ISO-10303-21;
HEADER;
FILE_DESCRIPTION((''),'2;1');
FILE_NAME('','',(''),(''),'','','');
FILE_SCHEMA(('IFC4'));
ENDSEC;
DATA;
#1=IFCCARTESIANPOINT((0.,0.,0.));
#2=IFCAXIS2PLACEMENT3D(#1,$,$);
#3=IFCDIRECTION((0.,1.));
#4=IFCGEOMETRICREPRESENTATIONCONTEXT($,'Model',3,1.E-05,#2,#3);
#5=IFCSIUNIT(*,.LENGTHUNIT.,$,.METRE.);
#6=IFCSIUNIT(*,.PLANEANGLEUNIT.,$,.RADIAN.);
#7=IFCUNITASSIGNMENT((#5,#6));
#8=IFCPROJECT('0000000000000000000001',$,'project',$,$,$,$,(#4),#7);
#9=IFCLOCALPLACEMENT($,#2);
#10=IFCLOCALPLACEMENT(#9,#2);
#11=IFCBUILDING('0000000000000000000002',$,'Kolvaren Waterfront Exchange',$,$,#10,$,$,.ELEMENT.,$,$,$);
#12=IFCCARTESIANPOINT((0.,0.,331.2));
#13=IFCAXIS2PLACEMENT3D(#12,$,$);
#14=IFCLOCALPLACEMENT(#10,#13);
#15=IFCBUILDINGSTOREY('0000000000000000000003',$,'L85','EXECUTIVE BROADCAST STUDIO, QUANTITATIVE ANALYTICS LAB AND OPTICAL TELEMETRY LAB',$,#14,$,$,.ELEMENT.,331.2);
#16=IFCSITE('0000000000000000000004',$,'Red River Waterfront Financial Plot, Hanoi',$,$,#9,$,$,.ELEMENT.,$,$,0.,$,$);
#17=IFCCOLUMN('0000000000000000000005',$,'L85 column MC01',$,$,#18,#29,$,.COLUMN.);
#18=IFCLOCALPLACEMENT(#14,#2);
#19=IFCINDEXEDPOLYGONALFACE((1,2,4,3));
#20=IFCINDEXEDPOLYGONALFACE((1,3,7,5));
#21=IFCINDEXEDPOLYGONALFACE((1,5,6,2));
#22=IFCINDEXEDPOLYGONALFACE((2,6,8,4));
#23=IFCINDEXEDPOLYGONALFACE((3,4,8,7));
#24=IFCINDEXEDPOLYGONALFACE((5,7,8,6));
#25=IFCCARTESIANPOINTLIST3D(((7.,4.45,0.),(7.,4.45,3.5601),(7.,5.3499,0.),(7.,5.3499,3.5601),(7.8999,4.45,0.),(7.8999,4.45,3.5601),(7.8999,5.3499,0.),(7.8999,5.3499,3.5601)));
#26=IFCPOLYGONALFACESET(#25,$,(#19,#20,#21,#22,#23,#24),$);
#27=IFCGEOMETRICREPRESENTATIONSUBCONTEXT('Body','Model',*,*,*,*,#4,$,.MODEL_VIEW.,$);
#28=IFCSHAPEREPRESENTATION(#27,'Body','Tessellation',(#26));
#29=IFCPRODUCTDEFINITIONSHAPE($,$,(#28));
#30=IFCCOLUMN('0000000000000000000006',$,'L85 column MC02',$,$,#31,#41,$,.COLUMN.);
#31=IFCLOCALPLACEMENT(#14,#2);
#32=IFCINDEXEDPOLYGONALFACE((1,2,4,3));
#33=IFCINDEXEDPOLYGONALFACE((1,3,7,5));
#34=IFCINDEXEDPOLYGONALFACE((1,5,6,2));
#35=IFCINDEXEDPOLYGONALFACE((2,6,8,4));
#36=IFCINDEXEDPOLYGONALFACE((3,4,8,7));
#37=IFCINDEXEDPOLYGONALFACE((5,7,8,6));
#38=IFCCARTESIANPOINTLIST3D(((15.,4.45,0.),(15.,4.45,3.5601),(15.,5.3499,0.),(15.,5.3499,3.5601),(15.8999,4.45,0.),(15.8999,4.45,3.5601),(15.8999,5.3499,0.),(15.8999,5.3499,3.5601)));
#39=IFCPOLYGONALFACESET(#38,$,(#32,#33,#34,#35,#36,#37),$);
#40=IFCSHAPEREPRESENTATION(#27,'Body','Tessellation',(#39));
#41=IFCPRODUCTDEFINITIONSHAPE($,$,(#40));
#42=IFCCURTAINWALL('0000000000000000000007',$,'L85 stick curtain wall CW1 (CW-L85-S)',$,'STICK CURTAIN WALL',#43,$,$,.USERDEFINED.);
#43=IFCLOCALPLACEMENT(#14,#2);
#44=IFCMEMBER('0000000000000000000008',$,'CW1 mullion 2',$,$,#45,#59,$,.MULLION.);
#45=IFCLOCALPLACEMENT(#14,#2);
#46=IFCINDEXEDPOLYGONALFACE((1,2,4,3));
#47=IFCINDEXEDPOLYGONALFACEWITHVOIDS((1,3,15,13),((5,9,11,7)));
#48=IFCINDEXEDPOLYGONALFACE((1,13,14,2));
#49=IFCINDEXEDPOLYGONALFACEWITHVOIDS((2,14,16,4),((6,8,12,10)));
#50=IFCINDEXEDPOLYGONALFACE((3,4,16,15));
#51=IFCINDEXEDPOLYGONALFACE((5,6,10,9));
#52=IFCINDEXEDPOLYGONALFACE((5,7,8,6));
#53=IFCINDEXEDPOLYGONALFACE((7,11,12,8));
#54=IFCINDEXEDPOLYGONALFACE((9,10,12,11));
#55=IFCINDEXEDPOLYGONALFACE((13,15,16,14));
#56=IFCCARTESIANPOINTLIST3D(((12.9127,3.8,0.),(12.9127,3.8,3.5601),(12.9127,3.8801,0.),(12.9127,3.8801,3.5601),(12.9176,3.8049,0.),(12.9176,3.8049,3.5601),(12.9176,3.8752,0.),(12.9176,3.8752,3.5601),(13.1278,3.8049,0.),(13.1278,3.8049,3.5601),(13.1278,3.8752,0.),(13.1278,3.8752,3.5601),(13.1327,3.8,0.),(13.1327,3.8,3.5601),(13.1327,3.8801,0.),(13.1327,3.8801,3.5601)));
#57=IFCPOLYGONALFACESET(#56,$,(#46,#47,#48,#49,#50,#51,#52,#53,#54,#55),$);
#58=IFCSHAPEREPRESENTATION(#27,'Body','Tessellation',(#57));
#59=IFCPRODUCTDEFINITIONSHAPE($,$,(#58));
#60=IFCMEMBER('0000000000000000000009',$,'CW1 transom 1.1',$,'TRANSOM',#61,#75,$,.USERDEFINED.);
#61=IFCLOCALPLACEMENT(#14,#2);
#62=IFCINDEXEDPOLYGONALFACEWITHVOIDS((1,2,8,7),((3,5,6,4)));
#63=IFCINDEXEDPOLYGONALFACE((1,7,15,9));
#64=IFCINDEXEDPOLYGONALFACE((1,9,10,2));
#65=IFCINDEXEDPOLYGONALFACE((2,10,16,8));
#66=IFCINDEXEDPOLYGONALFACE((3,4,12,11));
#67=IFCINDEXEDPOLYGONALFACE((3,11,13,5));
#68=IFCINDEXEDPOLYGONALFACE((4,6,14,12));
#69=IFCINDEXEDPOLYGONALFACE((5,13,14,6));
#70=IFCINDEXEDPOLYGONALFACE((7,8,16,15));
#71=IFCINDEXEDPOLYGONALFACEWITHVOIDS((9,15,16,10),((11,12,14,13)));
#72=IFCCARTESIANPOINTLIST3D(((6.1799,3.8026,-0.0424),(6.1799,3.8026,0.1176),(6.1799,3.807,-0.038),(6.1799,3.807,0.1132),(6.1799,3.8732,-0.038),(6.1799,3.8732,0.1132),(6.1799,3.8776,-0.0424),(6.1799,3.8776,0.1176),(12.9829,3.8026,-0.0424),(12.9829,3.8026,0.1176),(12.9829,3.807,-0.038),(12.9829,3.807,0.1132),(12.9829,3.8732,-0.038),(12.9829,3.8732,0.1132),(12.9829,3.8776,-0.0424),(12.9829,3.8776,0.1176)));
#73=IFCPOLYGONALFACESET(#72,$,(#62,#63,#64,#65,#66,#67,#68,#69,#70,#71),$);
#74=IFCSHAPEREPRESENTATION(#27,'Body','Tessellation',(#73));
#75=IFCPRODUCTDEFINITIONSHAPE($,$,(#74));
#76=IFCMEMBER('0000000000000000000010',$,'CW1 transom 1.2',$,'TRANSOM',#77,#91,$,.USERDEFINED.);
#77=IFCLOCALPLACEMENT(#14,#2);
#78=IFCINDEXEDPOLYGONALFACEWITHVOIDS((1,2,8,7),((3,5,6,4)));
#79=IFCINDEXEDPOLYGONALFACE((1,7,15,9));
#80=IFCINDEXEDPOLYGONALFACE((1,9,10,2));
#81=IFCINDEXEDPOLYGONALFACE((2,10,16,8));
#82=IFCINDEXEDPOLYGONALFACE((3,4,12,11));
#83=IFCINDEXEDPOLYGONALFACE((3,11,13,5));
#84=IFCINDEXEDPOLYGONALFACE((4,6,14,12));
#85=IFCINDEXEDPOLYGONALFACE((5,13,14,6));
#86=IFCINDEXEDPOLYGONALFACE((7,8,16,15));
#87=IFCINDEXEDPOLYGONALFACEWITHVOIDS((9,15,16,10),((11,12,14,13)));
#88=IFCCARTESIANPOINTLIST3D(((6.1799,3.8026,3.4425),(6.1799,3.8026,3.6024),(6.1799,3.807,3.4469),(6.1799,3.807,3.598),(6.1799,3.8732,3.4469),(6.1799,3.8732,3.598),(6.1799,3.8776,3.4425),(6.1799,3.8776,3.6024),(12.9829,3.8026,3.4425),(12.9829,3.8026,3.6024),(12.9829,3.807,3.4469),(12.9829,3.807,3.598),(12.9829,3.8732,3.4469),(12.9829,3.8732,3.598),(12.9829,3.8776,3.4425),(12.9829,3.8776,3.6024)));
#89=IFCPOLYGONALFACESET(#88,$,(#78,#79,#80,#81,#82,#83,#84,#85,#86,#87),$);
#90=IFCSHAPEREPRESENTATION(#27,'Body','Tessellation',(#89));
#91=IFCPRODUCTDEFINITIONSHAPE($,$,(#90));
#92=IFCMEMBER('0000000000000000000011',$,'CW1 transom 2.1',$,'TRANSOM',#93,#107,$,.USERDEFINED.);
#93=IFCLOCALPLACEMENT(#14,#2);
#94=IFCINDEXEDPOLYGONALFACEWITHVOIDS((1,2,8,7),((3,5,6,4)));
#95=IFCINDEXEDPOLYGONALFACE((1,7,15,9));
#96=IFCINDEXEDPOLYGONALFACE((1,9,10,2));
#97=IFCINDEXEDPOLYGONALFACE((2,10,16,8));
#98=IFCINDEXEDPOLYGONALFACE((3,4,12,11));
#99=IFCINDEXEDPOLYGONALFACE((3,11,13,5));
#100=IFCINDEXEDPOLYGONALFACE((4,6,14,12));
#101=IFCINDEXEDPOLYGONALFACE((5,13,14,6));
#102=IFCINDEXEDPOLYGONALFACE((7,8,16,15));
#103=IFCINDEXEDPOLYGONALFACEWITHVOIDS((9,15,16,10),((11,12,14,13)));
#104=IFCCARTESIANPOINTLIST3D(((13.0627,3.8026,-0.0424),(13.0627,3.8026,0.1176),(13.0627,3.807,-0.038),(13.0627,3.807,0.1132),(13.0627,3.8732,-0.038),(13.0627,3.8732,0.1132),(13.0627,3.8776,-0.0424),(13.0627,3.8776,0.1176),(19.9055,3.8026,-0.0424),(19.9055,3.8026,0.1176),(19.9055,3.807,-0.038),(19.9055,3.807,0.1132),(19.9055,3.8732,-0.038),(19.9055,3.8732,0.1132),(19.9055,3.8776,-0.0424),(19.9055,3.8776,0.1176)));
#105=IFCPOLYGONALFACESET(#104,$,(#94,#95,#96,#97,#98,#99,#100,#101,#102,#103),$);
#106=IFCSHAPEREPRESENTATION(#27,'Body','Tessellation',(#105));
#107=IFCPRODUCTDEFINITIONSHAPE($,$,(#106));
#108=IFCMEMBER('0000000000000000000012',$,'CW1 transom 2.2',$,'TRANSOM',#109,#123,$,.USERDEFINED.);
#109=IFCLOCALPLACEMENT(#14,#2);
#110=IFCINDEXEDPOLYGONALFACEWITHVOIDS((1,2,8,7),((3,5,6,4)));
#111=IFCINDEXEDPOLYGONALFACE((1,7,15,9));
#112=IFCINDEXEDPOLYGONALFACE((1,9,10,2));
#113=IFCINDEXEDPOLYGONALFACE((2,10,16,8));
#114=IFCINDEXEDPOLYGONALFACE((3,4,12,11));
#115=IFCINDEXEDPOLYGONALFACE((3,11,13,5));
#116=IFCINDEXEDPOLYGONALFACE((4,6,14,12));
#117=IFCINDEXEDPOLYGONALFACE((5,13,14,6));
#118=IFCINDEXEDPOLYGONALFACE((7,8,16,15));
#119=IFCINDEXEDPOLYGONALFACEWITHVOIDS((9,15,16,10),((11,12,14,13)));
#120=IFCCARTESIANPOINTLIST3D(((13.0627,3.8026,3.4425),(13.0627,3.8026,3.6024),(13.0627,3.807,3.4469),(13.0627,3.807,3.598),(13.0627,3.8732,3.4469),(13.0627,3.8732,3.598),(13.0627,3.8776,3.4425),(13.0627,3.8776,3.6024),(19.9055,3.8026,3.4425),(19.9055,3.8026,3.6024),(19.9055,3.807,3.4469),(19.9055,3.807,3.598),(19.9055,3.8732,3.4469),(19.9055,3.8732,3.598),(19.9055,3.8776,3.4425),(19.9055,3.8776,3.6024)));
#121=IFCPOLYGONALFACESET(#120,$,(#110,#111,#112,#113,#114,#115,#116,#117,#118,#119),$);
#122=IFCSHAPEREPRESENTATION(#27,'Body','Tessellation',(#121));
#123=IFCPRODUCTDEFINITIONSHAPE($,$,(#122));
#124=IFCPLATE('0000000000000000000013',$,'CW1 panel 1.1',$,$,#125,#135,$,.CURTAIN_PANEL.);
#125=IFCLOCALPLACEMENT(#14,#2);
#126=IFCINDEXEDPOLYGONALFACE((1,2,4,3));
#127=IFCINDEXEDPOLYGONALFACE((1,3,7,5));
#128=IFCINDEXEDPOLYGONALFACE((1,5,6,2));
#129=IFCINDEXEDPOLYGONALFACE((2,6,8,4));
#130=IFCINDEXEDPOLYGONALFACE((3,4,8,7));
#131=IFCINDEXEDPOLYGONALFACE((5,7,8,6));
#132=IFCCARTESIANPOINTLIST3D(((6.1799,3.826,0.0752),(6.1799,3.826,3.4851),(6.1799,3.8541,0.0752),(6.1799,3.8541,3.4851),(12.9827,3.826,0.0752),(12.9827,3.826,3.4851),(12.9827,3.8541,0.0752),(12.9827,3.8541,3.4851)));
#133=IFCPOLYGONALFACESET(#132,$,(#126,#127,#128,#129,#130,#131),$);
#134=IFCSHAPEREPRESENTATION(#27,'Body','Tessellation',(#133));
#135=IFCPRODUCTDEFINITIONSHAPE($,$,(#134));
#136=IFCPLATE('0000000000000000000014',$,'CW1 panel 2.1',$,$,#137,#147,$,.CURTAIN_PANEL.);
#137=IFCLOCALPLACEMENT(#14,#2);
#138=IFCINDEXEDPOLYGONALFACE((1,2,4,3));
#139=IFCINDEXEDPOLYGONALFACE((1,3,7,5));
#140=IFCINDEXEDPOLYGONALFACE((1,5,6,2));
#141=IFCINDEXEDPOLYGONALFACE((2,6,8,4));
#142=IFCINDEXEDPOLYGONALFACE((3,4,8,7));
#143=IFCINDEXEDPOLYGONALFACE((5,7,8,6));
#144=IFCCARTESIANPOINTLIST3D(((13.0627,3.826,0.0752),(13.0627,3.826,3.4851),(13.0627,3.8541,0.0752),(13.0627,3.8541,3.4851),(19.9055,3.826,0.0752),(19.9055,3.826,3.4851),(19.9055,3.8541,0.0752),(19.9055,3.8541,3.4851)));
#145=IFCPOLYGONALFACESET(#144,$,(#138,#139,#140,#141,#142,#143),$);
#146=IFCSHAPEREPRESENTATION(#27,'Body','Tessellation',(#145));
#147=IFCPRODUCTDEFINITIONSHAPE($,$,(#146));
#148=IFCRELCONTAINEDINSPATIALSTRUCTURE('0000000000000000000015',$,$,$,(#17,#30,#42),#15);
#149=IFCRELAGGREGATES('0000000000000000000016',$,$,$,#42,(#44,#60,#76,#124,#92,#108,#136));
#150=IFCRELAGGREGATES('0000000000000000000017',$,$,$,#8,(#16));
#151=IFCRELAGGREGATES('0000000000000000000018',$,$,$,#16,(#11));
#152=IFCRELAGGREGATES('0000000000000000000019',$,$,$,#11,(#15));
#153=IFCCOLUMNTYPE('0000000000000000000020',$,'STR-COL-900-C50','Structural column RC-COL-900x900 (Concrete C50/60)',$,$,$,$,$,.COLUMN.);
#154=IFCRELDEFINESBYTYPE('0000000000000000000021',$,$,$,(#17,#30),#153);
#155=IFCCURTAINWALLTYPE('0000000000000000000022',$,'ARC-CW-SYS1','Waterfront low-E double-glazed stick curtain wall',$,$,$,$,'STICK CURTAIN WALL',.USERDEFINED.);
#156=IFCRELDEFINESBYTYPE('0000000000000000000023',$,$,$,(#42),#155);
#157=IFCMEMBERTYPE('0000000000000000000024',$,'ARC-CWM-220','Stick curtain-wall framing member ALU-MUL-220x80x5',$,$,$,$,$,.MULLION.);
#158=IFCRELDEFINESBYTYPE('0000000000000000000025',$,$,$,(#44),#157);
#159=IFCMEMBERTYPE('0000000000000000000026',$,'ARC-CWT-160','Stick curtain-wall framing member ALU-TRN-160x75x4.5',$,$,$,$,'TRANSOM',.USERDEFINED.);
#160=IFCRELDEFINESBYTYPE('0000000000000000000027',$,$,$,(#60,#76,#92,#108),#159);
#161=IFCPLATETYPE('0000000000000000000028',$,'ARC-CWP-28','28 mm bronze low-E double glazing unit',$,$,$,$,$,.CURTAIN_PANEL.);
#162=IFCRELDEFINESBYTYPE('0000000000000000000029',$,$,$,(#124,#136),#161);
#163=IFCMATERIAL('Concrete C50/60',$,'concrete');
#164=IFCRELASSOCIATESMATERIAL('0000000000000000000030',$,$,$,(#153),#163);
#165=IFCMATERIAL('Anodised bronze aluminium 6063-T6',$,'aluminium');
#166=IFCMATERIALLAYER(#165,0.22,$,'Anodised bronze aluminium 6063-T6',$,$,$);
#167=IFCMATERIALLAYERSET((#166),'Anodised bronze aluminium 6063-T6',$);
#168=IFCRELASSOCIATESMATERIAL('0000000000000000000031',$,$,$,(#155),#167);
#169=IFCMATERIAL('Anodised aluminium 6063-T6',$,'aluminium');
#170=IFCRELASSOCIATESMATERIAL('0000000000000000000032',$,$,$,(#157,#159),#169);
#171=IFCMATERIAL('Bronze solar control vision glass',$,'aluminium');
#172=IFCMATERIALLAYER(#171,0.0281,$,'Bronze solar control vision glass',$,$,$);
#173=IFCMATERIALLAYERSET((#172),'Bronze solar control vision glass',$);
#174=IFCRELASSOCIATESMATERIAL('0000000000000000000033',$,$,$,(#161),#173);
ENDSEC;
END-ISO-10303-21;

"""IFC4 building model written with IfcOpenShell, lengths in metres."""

from ifc_helpers import new_model, si_unit, direction, frame, origin, origin_with_axes, origin_2d, place, context, subcontext, project, spatial, rectangle, hollow_rectangle, extrude, source, transform, mapped, material, layer, layer_set, material_profile, profile_set, type_object, element, aggregate, save


model = new_model("IFC4")

# Units and contexts
model_context = context("Model", 3, precision=1e-05, world=origin(), true_north=direction((0.0, 1.0)))
body_context = subcontext(model_context, "Body", "Model", "MODEL_VIEW")
ifc_project = project(units=[si_unit("LENGTHUNIT", "METRE"), si_unit("PLANEANGLEUNIT", "RADIAN")], contexts=[model_context])

# Site, building, storey
site_placement = place(None, origin())
site = spatial("IfcSite", under=ifc_project, at=site_placement, Name="Red River Waterfront Financial Plot, Hanoi", CompositionType="ELEMENT", RefElevation=0.0)
building_placement = place(site_placement, origin())
building = spatial("IfcBuilding", under=site, at=building_placement, Name="Kolvaren Waterfront Exchange", CompositionType="ELEMENT")
storey_placement = place(building_placement, frame((0.0, 0.0, 331.2)))
storey = spatial("IfcBuildingStorey", under=building, at=storey_placement, Name="L85", Description="EXECUTIVE BROADCAST STUDIO, QUANTITATIVE ANALYTICS LAB AND OPTICAL TELEMETRY LAB", CompositionType="ELEMENT", Elevation=331.2)

# Columns
ifc_material_1 = material(Name="Concrete C50/60", Category="concrete")
ifc_material_profile_1 = material_profile(ifc_material_1, rectangle(XDim=0.8999, YDim=0.8999, at=origin_2d()), Name="RC-COL-900x900")
ifc_profile_set_1 = profile_set([ifc_material_profile_1], Name="Concrete C50/60")
column_type = type_object("IfcColumnType", Name="STR-COL-900-C50", Description="Structural column RC-COL-900x900 (Concrete C50/60)", PredefinedType="COLUMN", material=ifc_profile_set_1)
for number, where, z_axis, x_axis, name in (
    (1, (7.45, 4.8999, 0.0), (0.0, 0.0, 1.0), (1.0, 0.0, 0.0), "L85 column MC01"),
    (2, (15.45, 4.8999, 0.0), (0.0, 0.0, 1.0), (1.0, 0.0, 0.0), "L85 column MC02"),
):
    element("IfcColumn", number, at=place(storey_placement, frame(where, z_axis=z_axis, x_axis=x_axis)), inside=storey, type_object=column_type, Name=name, PredefinedType="COLUMN", context=body_context, shape_type="SweptSolid", body=[
        extrude(rectangle(XDim=0.8999, YDim=0.8999, at=origin_2d()), origin(), (0.0, 0.0, 1.0), 3.5601),
    ])

# Curtain wall, members, plates
ifc_material_2 = material(Name="Anodised bronze aluminium 6063-T6", Category="aluminium")
ifc_layer_1 = layer(ifc_material_2, 0.22, Name="Anodised bronze aluminium 6063-T6")
ifc_layer_set_1 = layer_set([ifc_layer_1], Name="Anodised bronze aluminium 6063-T6")
curtain_wall_type = type_object("IfcCurtainWallType", Name="ARC-CW-SYS1", Description="Waterfront low-E double-glazed stick curtain wall", ElementType="STICK CURTAIN WALL", PredefinedType="USERDEFINED", material=ifc_layer_set_1)
curtain_wall_placement = place(storey_placement, origin())
curtain_wall = element("IfcCurtainWall", 3, at=curtain_wall_placement, inside=storey, type_object=curtain_wall_type, Name="L85 stick curtain wall CW1 (CW-L85-S)", ObjectType="STICK CURTAIN WALL", PredefinedType="USERDEFINED")
ifc_material_3 = material(Name="Anodised aluminium 6063-T6", Category="aluminium")
ifc_material_profile_2 = material_profile(ifc_material_3, hollow_rectangle(XDim=0.0801, YDim=0.22, WallThickness=0.0049, at=origin_2d()), Name="ALU-MUL-220x80x5")
ifc_profile_set_2 = profile_set([ifc_material_profile_2], Name="Anodised aluminium 6063-T6")
member_type_1 = type_object("IfcMemberType", Name="ARC-CWM-220", Description="Stick curtain-wall framing member ALU-MUL-220x80x5", PredefinedType="MULLION", material=ifc_profile_set_2)
shared_shape_1 = source(origin_with_axes(), body_context, "Body", "SweptSolid", [
    extrude(hollow_rectangle(XDim=0.0801, YDim=0.22, WallThickness=0.0049, at=origin_2d()), origin(), (0.0, 0.0, 1.0), 3.5601),
])
member_1_placement = place(storey_placement, frame((13.0227, 3.8401, 0.0), z_axis=(0.0, 0.0, 1.0), x_axis=(0.0, 1.0, 0.0)))
member_1 = element("IfcMember", 4, at=member_1_placement, type_object=member_type_1, Name="CW1 mullion 2", PredefinedType="MULLION", context=body_context, shape_type="MappedRepresentation", body=[
    mapped(shared_shape_1, transform((0.0, 0.0, 0.0), x_axis=(1.0, 0.0, 0.0), y_axis=(0.0, 1.0, 0.0), z_axis=(0.0, 0.0, 1.0), scale=1.0)),
])
ifc_material_profile_3 = material_profile(ifc_material_3, hollow_rectangle(XDim=0.075, YDim=0.1599, WallThickness=0.0044, at=origin_2d()), Name="ALU-TRN-160x75x4.5")
ifc_profile_set_3 = profile_set([ifc_material_profile_3], Name="Anodised aluminium 6063-T6")
member_type_2 = type_object("IfcMemberType", Name="ARC-CWT-160", Description="Stick curtain-wall framing member ALU-TRN-160x75x4.5", ElementType="TRANSOM", PredefinedType="USERDEFINED", material=ifc_profile_set_3)
shared_shape_2 = source(origin_with_axes(), body_context, "Body", "SweptSolid", [
    extrude(hollow_rectangle(XDim=0.075, YDim=0.1599, WallThickness=0.0044, at=origin_2d()), origin(), (0.0, 0.0, 1.0), 6.803),
])
member_2_placement = place(storey_placement, frame((6.1799, 3.8401, 0.0376), z_axis=(1.0, 0.0, 0.0), x_axis=(0.0, 1.0, 0.0)))
member_2 = element("IfcMember", 5, at=member_2_placement, type_object=member_type_2, Name="CW1 transom 1.1", ObjectType="TRANSOM", PredefinedType="USERDEFINED", context=body_context, shape_type="MappedRepresentation", body=[
    mapped(shared_shape_2, transform((0.0, 0.0, 0.0), x_axis=(1.0, 0.0, 0.0), y_axis=(0.0, 1.0, 0.0), z_axis=(0.0, 0.0, 1.0), scale=1.0)),
])
member_3_placement = place(storey_placement, frame((6.1799, 3.8401, 3.5225), z_axis=(1.0, 0.0, 0.0), x_axis=(0.0, 1.0, 0.0)))
member_3 = element("IfcMember", 6, at=member_3_placement, type_object=member_type_2, Name="CW1 transom 1.2", ObjectType="TRANSOM", PredefinedType="USERDEFINED", context=body_context, shape_type="MappedRepresentation", body=[
    mapped(shared_shape_2, transform((0.0, 0.0, 0.0), x_axis=(1.0, 0.0, 0.0), y_axis=(0.0, 1.0, 0.0), z_axis=(0.0, 0.0, 1.0), scale=1.0)),
])
shared_shape_3 = source(origin_with_axes(), body_context, "Body", "SweptSolid", [
    extrude(hollow_rectangle(XDim=0.075, YDim=0.1599, WallThickness=0.0044, at=origin_2d()), origin(), (0.0, 0.0, 1.0), 6.8428),
])
member_4_placement = place(storey_placement, frame((13.0627, 3.8401, 0.0376), z_axis=(1.0, 0.0, 0.0), x_axis=(0.0, 1.0, 0.0)))
member_4 = element("IfcMember", 7, at=member_4_placement, type_object=member_type_2, Name="CW1 transom 2.1", ObjectType="TRANSOM", PredefinedType="USERDEFINED", context=body_context, shape_type="MappedRepresentation", body=[
    mapped(shared_shape_3, transform((0.0, 0.0, 0.0), x_axis=(1.0, 0.0, 0.0), y_axis=(0.0, 1.0, 0.0), z_axis=(0.0, 0.0, 1.0), scale=1.0)),
])
member_5_placement = place(storey_placement, frame((13.0627, 3.8401, 3.5225), z_axis=(1.0, 0.0, 0.0), x_axis=(0.0, 1.0, 0.0)))
member_5 = element("IfcMember", 8, at=member_5_placement, type_object=member_type_2, Name="CW1 transom 2.2", ObjectType="TRANSOM", PredefinedType="USERDEFINED", context=body_context, shape_type="MappedRepresentation", body=[
    mapped(shared_shape_3, transform((0.0, 0.0, 0.0), x_axis=(1.0, 0.0, 0.0), y_axis=(0.0, 1.0, 0.0), z_axis=(0.0, 0.0, 1.0), scale=1.0)),
])
ifc_material_4 = material(Name="Bronze solar control vision glass", Category="aluminium")
ifc_layer_2 = layer(ifc_material_4, 0.0281, Name="Bronze solar control vision glass")
ifc_layer_set_2 = layer_set([ifc_layer_2], Name="Bronze solar control vision glass")
plate_type = type_object("IfcPlateType", Name="ARC-CWP-28", Description="28 mm bronze low-E double glazing unit", PredefinedType="CURTAIN_PANEL", material=ifc_layer_set_2)
shared_shape_4 = source(origin_with_axes(), body_context, "Body", "SweptSolid", [
    extrude(rectangle(XDim=6.8027, YDim=0.0281, at=origin_2d()), origin(), (0.0, 0.0, 1.0), 3.4099),
])
plate_1_placement = place(storey_placement, frame((9.5813, 3.8401, 0.0752), z_axis=(0.0, 0.0, 1.0), x_axis=(1.0, 0.0, 0.0)))
plate_1 = element("IfcPlate", 9, at=plate_1_placement, type_object=plate_type, Name="CW1 panel 1.1", PredefinedType="CURTAIN_PANEL", context=body_context, shape_type="MappedRepresentation", body=[
    mapped(shared_shape_4, transform((0.0, 0.0, 0.0), x_axis=(1.0, 0.0, 0.0), y_axis=(0.0, 1.0, 0.0), z_axis=(0.0, 0.0, 1.0), scale=1.0)),
])
shared_shape_5 = source(origin_with_axes(), body_context, "Body", "SweptSolid", [
    extrude(rectangle(XDim=6.8428, YDim=0.0281, at=origin_2d()), origin(), (0.0, 0.0, 1.0), 3.4099),
])
plate_2_placement = place(storey_placement, frame((16.4841, 3.8401, 0.0752), z_axis=(0.0, 0.0, 1.0), x_axis=(1.0, 0.0, 0.0)))
plate_2 = element("IfcPlate", 10, at=plate_2_placement, type_object=plate_type, Name="CW1 panel 2.1", PredefinedType="CURTAIN_PANEL", context=body_context, shape_type="MappedRepresentation", body=[
    mapped(shared_shape_5, transform((0.0, 0.0, 0.0), x_axis=(1.0, 0.0, 0.0), y_axis=(0.0, 1.0, 0.0), z_axis=(0.0, 0.0, 1.0), scale=1.0)),
])
aggregate(curtain_wall, [member_1, member_2, member_3, plate_1, member_4, member_5, plate_2])

save(model, "model.ifc")
